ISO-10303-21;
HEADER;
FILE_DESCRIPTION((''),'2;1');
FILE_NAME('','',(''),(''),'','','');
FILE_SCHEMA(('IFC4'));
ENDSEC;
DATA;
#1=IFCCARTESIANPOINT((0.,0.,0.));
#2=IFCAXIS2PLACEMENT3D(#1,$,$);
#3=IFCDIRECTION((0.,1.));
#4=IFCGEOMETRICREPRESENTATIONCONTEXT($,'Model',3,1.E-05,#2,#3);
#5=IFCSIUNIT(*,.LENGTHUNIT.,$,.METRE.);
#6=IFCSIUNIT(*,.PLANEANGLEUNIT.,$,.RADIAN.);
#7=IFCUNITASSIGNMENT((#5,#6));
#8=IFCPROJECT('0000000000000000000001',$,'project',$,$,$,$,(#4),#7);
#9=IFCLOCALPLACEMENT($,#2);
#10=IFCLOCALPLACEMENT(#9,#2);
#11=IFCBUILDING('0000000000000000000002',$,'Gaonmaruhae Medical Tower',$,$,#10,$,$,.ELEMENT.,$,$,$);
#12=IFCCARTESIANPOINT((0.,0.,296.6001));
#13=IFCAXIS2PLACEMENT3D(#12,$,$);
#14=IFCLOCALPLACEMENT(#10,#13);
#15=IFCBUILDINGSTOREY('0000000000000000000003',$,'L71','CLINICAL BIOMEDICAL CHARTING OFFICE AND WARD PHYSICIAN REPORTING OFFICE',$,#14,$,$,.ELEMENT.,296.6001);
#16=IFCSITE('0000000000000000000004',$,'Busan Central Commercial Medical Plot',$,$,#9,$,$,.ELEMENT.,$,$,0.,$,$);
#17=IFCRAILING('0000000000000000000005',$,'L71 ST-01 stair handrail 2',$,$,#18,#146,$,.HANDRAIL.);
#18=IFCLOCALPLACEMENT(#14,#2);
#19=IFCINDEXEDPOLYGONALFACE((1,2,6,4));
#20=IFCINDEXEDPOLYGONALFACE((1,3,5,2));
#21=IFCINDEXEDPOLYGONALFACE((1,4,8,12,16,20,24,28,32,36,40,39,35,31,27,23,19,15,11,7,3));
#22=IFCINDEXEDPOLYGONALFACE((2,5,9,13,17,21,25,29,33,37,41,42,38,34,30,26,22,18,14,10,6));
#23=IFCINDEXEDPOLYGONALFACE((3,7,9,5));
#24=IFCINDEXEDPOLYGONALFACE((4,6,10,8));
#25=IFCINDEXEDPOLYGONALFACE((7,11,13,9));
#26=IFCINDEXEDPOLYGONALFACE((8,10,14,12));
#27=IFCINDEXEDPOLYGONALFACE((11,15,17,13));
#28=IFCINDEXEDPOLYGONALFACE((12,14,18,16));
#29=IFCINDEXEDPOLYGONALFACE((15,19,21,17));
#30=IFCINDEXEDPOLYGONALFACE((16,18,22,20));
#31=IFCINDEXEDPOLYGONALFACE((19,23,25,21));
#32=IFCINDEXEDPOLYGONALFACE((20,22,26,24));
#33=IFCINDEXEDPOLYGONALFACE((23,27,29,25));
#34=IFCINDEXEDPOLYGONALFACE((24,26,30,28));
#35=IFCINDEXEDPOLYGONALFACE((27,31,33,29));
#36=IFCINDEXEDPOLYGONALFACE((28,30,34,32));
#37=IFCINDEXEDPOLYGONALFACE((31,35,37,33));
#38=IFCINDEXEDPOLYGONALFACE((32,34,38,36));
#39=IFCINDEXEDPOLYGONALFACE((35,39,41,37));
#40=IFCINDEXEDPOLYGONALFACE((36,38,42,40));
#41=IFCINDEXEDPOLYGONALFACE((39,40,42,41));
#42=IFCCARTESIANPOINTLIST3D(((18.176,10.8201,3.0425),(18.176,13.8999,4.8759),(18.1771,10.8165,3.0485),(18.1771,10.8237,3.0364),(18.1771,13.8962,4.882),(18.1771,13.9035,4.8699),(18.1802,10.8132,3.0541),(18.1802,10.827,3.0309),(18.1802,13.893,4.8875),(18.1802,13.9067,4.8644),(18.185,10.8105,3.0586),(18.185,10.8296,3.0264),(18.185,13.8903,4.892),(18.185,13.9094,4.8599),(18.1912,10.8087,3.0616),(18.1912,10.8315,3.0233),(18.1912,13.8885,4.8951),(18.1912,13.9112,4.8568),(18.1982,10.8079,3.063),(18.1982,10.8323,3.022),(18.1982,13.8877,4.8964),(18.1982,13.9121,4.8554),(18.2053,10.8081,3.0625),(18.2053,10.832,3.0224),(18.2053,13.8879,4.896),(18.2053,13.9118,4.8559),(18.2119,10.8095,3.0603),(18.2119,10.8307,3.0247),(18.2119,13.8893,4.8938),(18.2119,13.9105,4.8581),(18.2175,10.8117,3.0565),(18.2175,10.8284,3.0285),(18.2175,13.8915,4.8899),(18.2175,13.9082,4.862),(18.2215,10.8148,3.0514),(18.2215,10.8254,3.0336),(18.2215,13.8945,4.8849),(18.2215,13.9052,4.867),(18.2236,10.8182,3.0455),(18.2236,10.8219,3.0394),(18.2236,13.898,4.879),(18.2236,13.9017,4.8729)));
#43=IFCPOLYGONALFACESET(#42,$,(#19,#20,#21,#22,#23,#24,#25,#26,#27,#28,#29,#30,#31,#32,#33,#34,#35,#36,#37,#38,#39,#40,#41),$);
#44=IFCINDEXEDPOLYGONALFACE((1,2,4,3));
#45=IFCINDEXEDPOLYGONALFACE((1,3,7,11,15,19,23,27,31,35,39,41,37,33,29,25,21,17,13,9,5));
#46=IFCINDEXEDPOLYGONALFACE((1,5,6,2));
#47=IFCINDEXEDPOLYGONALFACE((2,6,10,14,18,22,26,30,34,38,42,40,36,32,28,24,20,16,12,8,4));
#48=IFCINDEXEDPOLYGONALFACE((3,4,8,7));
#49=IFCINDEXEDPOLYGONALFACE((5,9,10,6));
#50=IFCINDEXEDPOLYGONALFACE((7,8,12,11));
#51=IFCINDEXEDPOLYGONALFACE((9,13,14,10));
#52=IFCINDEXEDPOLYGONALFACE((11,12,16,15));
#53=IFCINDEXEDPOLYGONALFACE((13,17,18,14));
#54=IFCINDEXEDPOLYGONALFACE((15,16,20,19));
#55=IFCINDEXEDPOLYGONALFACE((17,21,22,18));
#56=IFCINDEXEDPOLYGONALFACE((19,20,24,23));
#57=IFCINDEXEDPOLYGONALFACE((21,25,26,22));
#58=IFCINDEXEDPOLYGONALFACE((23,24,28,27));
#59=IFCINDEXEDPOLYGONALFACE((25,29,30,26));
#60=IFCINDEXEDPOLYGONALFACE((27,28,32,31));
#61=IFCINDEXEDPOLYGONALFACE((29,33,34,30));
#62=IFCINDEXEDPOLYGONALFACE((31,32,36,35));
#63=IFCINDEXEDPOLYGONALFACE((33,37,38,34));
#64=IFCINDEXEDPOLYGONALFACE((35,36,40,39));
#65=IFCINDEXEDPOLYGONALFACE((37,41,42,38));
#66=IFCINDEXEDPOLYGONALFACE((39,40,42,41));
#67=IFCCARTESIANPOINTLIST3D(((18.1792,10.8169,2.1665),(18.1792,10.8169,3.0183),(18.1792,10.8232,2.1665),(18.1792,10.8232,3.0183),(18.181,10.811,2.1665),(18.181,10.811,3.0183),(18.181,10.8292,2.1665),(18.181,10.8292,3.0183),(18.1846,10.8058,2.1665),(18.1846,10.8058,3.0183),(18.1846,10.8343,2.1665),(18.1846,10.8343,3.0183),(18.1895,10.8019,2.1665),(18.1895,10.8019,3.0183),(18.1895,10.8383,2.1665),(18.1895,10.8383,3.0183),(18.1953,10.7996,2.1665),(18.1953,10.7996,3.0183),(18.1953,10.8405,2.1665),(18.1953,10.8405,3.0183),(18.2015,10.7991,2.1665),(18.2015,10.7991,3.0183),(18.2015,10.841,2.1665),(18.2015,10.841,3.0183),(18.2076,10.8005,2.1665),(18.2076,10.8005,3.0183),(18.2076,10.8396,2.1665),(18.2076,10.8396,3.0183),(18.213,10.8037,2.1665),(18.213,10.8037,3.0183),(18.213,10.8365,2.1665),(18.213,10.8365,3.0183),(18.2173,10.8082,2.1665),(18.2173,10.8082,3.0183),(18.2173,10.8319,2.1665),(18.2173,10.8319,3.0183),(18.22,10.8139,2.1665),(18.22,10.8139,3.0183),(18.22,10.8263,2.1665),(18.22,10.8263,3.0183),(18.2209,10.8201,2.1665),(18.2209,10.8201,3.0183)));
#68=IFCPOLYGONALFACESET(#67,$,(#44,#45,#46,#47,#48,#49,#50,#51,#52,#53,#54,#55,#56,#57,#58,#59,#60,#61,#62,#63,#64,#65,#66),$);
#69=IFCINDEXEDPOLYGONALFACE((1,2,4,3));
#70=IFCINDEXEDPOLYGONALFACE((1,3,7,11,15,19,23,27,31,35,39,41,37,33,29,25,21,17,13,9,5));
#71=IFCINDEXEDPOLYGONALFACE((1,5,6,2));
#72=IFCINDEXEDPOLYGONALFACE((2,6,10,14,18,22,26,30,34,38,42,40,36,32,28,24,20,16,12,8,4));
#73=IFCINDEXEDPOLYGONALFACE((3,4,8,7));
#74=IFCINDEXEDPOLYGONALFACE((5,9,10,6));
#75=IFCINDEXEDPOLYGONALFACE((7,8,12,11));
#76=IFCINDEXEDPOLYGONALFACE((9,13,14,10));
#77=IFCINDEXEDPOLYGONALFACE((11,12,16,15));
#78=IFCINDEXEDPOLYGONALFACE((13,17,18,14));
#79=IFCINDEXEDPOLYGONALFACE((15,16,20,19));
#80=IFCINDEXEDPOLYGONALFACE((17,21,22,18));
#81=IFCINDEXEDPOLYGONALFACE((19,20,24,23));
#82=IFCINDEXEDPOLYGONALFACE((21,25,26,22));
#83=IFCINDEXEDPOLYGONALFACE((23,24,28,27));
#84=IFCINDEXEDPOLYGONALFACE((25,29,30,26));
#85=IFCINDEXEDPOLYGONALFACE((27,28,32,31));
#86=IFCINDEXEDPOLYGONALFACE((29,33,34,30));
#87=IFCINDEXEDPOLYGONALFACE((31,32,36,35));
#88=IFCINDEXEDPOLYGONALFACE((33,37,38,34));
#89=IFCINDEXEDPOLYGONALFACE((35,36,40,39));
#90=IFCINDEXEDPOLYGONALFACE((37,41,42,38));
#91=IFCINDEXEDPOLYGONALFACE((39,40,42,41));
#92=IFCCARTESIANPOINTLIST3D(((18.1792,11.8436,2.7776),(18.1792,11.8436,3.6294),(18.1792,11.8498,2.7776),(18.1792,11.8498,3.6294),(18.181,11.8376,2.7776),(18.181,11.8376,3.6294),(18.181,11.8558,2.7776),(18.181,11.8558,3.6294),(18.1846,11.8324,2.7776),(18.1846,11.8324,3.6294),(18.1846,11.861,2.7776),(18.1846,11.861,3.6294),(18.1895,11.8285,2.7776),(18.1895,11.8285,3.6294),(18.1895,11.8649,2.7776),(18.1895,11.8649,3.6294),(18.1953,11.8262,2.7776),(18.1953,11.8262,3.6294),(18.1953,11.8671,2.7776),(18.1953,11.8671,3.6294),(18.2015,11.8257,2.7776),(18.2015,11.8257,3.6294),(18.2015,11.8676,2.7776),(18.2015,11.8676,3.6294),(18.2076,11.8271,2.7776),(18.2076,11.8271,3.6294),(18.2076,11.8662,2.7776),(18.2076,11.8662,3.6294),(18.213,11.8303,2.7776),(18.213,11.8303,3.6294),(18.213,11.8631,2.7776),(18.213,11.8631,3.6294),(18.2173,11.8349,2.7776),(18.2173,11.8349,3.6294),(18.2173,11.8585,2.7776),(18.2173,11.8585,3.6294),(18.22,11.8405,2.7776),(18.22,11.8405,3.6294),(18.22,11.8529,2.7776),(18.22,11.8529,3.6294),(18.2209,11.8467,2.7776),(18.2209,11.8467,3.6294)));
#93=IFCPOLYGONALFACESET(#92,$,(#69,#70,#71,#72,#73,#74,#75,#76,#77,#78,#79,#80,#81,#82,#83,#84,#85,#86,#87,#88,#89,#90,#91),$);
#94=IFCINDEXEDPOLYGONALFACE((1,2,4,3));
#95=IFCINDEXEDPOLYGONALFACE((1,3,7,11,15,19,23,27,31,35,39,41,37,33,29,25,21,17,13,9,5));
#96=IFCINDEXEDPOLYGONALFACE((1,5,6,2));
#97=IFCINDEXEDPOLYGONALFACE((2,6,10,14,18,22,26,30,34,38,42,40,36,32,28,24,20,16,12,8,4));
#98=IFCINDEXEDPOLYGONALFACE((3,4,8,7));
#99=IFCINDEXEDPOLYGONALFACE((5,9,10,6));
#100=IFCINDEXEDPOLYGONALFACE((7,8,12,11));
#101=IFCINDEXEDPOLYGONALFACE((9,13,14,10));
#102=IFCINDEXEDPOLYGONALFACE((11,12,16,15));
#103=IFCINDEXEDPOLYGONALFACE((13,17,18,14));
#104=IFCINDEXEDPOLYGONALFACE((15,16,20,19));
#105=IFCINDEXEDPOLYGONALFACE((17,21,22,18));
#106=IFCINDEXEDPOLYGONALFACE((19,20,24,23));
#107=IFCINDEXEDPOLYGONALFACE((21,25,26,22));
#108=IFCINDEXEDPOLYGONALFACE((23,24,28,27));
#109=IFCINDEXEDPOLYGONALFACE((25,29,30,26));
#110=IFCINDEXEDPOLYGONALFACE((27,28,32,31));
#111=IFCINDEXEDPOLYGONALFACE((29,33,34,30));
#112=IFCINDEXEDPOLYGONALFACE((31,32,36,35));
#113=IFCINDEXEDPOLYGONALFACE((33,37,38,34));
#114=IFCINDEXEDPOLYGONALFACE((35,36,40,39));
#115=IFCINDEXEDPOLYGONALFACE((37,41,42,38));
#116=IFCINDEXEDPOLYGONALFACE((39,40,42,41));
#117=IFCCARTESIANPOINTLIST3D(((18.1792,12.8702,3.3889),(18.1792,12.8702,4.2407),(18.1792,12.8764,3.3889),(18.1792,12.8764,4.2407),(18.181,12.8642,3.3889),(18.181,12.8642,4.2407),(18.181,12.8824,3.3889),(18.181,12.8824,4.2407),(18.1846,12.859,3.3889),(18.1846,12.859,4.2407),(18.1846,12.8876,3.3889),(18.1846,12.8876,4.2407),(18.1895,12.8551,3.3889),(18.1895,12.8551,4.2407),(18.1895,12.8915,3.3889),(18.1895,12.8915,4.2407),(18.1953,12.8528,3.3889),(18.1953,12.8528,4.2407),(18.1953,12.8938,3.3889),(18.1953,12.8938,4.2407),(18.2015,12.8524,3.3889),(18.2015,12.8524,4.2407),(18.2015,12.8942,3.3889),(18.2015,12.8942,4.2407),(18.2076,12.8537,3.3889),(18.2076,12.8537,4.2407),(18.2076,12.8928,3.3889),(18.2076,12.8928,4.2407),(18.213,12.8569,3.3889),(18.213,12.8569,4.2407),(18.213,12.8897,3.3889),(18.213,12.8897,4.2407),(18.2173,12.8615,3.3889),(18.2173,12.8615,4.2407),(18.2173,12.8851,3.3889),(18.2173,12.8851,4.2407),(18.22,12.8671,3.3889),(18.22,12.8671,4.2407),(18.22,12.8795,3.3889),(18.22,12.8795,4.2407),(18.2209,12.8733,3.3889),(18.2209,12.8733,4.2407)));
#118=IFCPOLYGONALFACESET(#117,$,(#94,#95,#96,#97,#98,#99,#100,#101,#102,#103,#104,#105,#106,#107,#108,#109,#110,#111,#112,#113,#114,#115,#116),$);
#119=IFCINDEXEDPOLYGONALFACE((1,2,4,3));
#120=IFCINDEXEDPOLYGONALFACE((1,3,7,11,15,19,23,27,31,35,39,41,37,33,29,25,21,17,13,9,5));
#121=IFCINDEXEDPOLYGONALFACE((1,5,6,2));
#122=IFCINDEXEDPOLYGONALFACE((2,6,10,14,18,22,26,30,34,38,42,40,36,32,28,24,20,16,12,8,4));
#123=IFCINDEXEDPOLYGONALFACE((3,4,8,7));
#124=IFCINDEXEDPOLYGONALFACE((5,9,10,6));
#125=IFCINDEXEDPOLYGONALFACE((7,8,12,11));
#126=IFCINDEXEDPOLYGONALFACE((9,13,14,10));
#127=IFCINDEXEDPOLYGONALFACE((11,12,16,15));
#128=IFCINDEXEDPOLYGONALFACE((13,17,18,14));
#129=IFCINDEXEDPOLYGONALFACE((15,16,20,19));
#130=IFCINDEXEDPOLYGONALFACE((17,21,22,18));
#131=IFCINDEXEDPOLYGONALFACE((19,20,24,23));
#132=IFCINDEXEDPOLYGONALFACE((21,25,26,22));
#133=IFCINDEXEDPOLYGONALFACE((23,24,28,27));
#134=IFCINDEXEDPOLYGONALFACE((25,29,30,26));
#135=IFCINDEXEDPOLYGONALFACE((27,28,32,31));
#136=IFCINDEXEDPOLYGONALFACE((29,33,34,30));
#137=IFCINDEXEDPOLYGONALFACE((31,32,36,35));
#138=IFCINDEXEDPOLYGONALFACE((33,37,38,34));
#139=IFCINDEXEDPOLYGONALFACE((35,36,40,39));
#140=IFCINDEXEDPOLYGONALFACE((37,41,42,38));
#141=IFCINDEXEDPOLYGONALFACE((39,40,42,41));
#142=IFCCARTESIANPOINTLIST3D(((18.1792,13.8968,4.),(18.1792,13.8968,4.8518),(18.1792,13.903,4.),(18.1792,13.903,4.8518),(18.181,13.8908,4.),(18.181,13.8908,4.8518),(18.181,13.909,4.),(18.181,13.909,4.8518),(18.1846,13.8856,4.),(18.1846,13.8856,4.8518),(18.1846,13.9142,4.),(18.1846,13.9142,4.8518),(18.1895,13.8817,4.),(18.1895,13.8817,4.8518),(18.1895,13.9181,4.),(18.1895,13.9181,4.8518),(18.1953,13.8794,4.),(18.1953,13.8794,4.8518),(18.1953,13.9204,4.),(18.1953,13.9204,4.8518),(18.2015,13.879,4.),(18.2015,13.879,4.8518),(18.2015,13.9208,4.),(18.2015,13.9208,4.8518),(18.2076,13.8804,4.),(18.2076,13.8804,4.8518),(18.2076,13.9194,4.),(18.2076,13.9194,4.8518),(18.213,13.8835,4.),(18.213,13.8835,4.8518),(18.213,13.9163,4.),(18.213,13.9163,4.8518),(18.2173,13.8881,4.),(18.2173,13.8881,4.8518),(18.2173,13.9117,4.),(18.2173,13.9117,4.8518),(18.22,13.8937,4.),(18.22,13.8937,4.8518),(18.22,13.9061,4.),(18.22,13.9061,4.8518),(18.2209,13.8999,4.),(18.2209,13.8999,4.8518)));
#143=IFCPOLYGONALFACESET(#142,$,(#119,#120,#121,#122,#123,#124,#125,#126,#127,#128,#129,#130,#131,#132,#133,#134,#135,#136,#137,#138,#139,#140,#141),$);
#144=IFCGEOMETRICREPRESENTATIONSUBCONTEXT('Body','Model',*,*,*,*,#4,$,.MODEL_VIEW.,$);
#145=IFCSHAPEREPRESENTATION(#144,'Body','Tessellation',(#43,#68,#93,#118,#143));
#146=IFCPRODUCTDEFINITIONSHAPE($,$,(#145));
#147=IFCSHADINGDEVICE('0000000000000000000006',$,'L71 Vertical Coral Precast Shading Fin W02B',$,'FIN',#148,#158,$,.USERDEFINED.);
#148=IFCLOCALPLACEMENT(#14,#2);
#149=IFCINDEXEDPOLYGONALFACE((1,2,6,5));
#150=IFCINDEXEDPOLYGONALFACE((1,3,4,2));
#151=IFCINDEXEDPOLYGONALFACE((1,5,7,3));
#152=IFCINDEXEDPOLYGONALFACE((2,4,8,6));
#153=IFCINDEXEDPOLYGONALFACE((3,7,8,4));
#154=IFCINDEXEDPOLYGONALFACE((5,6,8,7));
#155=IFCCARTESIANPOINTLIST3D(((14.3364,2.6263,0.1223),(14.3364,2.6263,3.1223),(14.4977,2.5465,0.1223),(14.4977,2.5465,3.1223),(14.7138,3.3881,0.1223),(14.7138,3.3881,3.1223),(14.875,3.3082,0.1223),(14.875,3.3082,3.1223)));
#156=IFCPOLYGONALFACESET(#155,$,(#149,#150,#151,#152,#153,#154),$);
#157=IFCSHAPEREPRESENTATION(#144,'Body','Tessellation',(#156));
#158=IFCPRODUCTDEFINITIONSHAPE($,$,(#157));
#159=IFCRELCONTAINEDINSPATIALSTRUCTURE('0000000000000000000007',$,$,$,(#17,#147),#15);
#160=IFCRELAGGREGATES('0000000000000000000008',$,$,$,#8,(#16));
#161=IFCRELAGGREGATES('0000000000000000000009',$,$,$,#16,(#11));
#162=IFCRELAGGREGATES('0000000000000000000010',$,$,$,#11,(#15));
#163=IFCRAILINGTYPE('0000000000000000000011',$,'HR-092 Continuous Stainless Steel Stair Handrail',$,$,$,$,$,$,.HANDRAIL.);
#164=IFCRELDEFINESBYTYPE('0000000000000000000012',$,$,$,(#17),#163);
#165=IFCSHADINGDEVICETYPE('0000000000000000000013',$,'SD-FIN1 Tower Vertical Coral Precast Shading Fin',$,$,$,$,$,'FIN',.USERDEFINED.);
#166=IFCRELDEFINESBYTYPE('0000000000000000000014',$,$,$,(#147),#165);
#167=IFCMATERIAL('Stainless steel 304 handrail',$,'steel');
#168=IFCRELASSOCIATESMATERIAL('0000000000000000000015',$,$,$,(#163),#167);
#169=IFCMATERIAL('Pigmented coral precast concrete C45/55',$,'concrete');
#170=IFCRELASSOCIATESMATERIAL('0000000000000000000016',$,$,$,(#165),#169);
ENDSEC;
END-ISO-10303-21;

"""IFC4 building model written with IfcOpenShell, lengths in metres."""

from ifc_helpers import new_model, si_unit, direction, frame, origin, origin_2d, place, context, subcontext, project, spatial, rectangle, circle, extrude, material, type_object, element, save


model = new_model("IFC4")

# Units and contexts
model_context = context("Model", 3, precision=1e-05, world=origin(), true_north=direction((0.0, 1.0)))
body_context = subcontext(model_context, "Body", "Model", "MODEL_VIEW")
ifc_project = project(units=[si_unit("LENGTHUNIT", "METRE"), si_unit("PLANEANGLEUNIT", "RADIAN")], contexts=[model_context])

# Site, building, storey
site_placement = place(None, origin())
site = spatial("IfcSite", under=ifc_project, at=site_placement, Name="Busan Central Commercial Medical Plot", CompositionType="ELEMENT", RefElevation=0.0)
building_placement = place(site_placement, origin())
building = spatial("IfcBuilding", under=site, at=building_placement, Name="Gaonmaruhae Medical Tower", CompositionType="ELEMENT")
storey_placement = place(building_placement, frame((0.0, 0.0, 296.6001)))
storey = spatial("IfcBuildingStorey", under=building, at=storey_placement, Name="L71", Description="CLINICAL BIOMEDICAL CHARTING OFFICE AND WARD PHYSICIAN REPORTING OFFICE", CompositionType="ELEMENT", Elevation=296.6001)

# Railing
ifc_material_1 = material(Name="Stainless steel 304 handrail", Category="steel")
railing_type_1 = type_object("IfcRailingType", Name="HR-092 Continuous Stainless Steel Stair Handrail", PredefinedType="HANDRAIL", material=ifc_material_1)
railing_1_placement = place(storey_placement, frame((18.2, 10.8201, 2.1665)))
element("IfcRailing", 1, at=railing_1_placement, inside=storey, type_object=railing_type_1, Name="L71 ST-01 stair handrail 2", PredefinedType="HANDRAIL", context=body_context, shape_type="SweptSolid", body=[
    extrude(circle(Radius=0.0239, at=origin_2d()), frame((0.0, 0.0, 0.876), z_axis=(0.0, 0.859261, 0.511538), x_axis=(-1.0, 0.0, 0.0)), (0.0, 0.0, 1.0), 3.5842),
    extrude(circle(Radius=0.021, at=origin_2d()), origin(), (0.0, 0.0, 1.0), 0.8518),
    extrude(circle(Radius=0.021, at=origin_2d()), frame((0.0, 1.0266, 0.6111)), (0.0, 0.0, 1.0), 0.8518),
    extrude(circle(Radius=0.021, at=origin_2d()), frame((0.0, 2.0532, 1.2224)), (0.0, 0.0, 1.0), 0.8518),
    extrude(circle(Radius=0.021, at=origin_2d()), frame((0.0, 3.0798, 1.8335)), (0.0, 0.0, 1.0), 0.8518),
])

# Shading device
ifc_material_2 = material(Name="Pigmented coral precast concrete C45/55", Category="concrete")
shading_device_type = type_object("IfcShadingDeviceType", Name="SD-FIN1 Tower Vertical Coral Precast Shading Fin", ElementType="FIN", PredefinedType="USERDEFINED", material=ifc_material_2)
shading_device_placement = place(storey_placement, frame((14.6057, 2.9673, 0.1223), z_axis=(0.0, 0.0, 1.0), x_axis=(-0.896099, 0.443853, 0.0)))
element("IfcShadingDevice", 2, at=shading_device_placement, inside=storey, type_object=shading_device_type, Name="L71 Vertical Coral Precast Shading Fin W02B", ObjectType="FIN", PredefinedType="USERDEFINED", context=body_context, shape_type="SweptSolid", body=[
    extrude(rectangle(XDim=0.1799, YDim=0.8501, at=origin_2d()), origin(), (0.0, 0.0, 1.0), 3.0),
])

save(model, "model.ifc")
